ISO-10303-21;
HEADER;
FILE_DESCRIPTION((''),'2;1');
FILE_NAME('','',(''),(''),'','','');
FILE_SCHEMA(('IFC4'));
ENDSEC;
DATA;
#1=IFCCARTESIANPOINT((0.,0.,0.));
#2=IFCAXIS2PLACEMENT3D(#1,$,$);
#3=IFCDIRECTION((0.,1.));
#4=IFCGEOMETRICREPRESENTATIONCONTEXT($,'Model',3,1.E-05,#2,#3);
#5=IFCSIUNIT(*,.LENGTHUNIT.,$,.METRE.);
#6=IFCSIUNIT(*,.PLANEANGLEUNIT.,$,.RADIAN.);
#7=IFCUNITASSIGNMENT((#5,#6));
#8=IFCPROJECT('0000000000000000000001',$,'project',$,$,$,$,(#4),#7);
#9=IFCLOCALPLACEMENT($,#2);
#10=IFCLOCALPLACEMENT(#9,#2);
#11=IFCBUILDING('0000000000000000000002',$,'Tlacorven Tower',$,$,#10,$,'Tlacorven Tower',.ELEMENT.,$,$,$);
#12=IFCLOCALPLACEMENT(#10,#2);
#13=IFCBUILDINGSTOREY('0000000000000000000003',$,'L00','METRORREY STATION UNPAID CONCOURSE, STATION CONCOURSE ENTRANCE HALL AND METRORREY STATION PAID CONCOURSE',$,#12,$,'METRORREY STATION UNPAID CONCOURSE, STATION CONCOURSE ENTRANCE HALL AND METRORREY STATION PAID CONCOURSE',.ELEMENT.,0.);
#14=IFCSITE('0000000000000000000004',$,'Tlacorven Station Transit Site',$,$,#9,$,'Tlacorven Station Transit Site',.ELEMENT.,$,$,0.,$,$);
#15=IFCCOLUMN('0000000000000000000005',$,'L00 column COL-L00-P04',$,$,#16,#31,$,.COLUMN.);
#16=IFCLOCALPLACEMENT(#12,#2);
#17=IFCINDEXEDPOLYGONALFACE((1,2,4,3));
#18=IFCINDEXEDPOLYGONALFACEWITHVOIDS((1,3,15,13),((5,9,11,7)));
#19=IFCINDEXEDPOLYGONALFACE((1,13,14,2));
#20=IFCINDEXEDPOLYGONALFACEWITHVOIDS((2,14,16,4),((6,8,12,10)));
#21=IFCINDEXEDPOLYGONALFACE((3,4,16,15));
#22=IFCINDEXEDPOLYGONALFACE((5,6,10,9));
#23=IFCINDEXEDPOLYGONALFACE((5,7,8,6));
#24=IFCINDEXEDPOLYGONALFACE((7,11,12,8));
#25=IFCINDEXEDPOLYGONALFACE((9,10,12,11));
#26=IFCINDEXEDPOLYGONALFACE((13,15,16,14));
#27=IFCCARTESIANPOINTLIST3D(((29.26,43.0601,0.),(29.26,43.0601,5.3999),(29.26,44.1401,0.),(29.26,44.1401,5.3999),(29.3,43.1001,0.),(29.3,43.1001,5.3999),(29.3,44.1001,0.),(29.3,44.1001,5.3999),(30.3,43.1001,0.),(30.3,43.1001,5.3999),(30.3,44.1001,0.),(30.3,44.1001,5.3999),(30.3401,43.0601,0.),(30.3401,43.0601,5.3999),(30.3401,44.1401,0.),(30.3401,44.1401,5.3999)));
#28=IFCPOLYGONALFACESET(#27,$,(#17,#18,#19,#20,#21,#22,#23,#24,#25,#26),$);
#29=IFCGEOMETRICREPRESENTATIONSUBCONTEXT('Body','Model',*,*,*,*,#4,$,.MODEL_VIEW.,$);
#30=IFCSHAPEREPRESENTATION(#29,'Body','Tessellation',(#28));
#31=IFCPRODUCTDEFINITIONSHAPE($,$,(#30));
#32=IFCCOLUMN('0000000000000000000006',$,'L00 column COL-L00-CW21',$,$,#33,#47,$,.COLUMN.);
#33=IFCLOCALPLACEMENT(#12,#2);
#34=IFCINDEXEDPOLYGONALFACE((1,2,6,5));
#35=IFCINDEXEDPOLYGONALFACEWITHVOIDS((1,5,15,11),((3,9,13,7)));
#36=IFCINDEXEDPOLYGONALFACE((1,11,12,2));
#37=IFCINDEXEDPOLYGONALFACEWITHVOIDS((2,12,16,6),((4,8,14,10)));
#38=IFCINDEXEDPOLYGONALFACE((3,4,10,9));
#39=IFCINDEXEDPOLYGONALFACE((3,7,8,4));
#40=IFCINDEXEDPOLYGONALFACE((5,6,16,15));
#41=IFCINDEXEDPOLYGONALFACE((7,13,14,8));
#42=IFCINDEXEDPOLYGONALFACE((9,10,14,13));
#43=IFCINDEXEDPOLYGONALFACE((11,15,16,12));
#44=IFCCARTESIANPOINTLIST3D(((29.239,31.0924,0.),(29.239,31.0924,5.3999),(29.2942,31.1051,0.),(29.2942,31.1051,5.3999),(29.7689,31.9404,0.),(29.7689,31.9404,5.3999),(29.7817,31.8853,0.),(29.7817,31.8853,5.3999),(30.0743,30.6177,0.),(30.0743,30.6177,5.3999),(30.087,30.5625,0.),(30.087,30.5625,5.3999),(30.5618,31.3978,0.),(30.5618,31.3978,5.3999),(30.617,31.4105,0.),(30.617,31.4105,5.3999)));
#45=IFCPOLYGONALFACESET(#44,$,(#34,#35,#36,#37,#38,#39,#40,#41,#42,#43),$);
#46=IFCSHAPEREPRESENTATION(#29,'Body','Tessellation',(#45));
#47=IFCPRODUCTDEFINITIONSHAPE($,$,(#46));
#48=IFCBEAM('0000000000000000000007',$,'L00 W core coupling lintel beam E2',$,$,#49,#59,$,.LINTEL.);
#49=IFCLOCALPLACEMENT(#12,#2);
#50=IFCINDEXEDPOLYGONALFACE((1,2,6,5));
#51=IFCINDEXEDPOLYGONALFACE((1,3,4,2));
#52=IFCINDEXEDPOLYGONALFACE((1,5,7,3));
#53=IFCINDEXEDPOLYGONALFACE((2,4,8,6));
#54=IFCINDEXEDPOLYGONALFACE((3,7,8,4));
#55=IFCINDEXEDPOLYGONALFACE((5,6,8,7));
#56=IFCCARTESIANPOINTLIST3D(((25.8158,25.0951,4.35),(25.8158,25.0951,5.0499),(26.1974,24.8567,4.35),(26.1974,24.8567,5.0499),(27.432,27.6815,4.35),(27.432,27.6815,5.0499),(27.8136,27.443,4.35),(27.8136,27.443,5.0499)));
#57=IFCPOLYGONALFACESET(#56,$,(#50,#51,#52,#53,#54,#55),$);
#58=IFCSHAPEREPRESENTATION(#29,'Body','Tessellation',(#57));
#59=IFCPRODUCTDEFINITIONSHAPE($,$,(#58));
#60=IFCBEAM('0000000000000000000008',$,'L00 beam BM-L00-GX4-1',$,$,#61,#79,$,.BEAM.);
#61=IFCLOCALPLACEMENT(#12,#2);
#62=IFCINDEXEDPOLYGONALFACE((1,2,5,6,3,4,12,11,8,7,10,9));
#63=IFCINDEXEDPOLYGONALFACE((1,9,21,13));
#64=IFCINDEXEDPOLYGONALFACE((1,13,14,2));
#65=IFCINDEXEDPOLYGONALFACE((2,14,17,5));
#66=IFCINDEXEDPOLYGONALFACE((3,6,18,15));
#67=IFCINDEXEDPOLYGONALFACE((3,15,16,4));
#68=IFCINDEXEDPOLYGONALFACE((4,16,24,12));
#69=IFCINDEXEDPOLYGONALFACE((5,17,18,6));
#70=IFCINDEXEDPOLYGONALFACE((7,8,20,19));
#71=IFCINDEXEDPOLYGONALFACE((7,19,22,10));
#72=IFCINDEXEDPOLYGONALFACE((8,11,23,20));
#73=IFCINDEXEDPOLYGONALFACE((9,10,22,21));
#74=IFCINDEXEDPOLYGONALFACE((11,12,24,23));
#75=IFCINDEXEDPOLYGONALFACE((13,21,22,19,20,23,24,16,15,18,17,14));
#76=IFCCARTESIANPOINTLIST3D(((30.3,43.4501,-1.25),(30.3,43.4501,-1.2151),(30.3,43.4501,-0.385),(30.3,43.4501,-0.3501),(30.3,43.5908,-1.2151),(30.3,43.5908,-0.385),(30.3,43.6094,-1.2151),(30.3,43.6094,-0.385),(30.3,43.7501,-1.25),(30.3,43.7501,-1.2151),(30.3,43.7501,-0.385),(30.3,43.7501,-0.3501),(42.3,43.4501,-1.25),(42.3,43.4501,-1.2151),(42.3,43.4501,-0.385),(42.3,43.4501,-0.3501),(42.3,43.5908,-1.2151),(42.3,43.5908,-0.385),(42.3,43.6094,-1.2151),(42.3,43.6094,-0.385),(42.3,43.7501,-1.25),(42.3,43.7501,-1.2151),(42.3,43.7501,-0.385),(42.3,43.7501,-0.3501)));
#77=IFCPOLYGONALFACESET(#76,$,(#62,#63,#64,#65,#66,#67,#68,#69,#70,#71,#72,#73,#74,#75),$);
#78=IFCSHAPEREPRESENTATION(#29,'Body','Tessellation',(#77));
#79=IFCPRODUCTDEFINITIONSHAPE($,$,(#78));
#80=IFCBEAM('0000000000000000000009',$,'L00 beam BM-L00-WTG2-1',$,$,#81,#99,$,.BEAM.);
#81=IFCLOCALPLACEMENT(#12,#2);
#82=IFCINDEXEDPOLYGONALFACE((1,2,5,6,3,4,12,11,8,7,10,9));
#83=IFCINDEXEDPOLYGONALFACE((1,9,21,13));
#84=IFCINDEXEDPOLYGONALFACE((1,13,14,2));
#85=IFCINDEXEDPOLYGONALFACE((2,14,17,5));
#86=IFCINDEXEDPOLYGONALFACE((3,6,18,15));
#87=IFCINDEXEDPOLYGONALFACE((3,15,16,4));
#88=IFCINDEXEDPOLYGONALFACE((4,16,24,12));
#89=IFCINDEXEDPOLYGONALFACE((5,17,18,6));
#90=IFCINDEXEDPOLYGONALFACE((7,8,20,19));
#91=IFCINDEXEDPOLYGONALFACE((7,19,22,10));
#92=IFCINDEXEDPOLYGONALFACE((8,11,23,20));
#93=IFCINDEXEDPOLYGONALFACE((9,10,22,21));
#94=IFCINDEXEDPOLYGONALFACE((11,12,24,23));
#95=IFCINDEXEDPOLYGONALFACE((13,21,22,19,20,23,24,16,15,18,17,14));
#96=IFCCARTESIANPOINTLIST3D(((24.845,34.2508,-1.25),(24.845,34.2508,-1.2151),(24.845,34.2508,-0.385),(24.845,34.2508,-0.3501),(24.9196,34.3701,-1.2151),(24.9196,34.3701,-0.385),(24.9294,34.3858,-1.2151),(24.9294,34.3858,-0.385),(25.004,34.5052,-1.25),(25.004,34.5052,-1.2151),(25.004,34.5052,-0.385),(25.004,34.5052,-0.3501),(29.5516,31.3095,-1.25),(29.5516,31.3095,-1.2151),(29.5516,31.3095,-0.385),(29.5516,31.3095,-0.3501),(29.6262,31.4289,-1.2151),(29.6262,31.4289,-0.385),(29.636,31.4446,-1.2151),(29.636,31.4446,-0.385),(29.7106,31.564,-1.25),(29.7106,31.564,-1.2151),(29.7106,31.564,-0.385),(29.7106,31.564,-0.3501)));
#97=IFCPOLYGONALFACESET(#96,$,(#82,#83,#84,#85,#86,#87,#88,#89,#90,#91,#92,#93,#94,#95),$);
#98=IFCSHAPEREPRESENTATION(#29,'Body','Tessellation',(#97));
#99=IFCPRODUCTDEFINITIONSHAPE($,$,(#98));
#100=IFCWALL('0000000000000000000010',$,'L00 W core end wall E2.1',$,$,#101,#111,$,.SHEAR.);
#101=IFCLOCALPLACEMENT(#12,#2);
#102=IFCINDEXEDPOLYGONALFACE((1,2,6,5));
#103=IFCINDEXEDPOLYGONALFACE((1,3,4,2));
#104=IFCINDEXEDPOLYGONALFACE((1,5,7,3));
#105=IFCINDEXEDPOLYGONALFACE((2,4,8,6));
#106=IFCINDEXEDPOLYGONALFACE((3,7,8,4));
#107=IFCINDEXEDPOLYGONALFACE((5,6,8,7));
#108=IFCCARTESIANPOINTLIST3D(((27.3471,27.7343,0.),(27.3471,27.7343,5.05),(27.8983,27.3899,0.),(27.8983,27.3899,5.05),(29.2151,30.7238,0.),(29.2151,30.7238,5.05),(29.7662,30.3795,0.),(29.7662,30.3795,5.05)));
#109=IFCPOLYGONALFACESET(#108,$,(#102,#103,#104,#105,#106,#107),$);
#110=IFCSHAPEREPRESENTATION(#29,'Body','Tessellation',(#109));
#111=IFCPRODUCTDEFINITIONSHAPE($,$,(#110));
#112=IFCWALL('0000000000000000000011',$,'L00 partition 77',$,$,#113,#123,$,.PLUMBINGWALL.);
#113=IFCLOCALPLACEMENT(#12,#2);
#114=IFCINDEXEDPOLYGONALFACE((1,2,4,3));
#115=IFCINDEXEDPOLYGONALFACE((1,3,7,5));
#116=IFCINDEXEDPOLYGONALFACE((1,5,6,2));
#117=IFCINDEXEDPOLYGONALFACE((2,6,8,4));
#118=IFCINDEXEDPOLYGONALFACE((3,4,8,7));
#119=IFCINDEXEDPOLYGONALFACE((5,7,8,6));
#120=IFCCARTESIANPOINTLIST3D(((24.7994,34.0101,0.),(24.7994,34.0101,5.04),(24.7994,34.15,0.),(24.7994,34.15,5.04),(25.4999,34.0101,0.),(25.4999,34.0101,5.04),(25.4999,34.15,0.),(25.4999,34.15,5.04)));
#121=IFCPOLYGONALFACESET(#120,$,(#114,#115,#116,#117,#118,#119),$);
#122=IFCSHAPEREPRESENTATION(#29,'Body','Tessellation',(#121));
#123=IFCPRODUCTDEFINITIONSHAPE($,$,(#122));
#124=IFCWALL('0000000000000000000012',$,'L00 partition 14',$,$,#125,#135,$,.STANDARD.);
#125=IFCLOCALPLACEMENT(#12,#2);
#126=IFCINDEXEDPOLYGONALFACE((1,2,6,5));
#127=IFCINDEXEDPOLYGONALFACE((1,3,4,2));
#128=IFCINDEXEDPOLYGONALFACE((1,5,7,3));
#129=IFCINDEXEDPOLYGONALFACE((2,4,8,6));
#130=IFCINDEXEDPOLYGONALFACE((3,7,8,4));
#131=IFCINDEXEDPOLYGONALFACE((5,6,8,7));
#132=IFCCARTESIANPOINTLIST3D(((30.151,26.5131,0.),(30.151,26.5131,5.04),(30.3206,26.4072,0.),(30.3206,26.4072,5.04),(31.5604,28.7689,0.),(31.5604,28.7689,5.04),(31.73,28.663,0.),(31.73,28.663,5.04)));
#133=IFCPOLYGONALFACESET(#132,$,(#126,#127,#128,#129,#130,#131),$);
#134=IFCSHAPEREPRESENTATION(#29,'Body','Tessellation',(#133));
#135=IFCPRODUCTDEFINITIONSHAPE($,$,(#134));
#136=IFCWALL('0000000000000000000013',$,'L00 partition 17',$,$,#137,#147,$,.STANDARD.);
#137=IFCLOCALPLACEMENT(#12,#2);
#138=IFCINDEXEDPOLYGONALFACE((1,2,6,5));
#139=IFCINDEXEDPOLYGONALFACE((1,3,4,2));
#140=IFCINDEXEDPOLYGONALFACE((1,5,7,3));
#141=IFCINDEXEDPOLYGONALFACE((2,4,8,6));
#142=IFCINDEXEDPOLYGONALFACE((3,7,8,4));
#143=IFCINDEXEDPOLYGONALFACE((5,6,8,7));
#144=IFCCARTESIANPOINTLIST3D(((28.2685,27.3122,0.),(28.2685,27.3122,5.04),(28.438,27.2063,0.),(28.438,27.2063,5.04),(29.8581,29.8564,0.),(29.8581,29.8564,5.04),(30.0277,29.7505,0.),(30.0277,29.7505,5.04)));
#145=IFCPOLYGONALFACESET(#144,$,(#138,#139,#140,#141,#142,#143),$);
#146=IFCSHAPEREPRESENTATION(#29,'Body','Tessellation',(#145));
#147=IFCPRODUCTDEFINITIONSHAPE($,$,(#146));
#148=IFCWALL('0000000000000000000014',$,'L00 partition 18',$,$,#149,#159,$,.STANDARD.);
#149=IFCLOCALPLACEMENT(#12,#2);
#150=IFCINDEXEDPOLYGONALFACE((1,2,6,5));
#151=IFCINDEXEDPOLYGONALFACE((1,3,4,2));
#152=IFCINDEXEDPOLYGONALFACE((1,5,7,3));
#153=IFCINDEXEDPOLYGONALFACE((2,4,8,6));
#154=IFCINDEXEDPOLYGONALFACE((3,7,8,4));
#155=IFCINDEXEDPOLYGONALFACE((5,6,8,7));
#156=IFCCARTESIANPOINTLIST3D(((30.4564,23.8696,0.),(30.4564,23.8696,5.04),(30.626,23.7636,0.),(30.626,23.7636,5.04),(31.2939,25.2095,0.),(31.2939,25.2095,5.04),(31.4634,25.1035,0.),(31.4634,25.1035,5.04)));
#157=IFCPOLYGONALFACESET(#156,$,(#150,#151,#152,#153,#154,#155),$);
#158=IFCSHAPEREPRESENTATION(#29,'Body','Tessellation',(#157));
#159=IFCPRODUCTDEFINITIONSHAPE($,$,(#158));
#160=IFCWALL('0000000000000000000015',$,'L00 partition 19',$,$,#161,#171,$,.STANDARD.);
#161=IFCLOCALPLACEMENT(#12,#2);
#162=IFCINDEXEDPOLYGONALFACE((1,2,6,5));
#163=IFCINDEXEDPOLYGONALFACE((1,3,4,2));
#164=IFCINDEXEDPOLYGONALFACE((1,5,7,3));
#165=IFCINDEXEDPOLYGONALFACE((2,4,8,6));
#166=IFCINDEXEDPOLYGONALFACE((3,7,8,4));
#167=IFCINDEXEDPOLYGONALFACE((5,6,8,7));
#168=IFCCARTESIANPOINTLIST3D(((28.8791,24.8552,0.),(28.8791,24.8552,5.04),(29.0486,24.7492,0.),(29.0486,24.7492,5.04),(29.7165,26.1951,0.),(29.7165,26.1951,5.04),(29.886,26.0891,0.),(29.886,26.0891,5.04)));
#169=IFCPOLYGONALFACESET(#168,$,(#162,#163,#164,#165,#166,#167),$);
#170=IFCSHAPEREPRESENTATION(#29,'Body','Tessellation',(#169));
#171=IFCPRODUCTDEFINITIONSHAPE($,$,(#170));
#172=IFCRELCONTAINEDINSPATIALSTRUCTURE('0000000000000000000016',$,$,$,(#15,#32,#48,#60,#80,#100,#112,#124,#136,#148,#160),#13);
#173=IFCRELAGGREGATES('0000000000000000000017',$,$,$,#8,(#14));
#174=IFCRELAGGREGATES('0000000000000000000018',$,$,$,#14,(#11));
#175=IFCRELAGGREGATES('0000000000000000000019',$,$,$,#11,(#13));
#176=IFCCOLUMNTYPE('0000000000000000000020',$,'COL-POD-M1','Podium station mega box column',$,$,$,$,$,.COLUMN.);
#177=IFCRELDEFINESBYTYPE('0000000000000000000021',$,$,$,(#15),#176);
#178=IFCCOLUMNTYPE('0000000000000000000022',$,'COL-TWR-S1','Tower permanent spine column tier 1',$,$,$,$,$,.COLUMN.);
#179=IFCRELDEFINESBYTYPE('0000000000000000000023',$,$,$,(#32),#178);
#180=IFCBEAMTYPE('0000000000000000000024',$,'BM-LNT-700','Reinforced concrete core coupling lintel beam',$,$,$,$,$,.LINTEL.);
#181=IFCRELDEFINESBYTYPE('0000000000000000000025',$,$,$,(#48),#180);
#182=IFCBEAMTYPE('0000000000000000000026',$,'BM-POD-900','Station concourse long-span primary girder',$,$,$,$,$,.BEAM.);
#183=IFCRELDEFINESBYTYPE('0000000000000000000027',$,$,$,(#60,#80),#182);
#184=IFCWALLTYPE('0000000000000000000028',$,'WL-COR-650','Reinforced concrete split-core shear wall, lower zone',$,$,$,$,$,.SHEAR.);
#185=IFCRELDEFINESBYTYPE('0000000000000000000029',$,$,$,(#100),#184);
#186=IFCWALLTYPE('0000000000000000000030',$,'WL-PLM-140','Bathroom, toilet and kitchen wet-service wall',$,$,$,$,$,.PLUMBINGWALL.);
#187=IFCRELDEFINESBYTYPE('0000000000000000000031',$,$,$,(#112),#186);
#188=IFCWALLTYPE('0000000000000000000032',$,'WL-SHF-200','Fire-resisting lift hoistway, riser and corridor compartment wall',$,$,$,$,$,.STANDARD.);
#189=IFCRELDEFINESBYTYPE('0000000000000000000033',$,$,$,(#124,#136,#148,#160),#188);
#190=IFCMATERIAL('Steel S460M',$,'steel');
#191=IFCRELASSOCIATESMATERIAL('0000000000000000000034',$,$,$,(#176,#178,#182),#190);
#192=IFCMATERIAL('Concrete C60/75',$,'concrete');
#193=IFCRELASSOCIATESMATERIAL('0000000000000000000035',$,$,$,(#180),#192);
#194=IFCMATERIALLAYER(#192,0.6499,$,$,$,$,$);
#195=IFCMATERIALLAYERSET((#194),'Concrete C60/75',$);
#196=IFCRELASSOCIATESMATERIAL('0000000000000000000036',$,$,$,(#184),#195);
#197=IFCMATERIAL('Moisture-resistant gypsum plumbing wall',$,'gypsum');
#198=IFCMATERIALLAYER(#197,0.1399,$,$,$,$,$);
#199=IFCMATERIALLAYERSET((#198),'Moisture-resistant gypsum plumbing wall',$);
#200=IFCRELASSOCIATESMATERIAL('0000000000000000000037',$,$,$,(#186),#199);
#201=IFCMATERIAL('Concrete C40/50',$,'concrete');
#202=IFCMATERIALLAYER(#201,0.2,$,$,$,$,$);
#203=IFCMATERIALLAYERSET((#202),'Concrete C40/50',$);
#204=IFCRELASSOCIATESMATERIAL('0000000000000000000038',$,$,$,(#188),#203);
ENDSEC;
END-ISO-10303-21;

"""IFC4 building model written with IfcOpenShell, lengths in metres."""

from ifc_helpers import new_model, si_unit, direction, frame, frame_2d, origin, origin_2d, place, context, subcontext, project, spatial, rectangle, hollow_rectangle, i_section, extrude, source, transform, mapped, material, layer, layer_set, material_profile, profile_set, type_object, element, save


model = new_model("IFC4")

# Units and contexts
model_context = context("Model", 3, precision=1e-05, world=origin(), true_north=direction((0.0, 1.0)))
body_context = subcontext(model_context, "Body", "Model", "MODEL_VIEW")
ifc_project = project(units=[si_unit("LENGTHUNIT", "METRE"), si_unit("PLANEANGLEUNIT", "RADIAN")], contexts=[model_context])

# Site, building, storey
site_placement = place(None, origin())
site = spatial("IfcSite", under=ifc_project, at=site_placement, Name="Tlacorven Station Transit Site", LongName="Tlacorven Station Transit Site", CompositionType="ELEMENT", RefElevation=0.0)
building_placement = place(site_placement, origin())
building = spatial("IfcBuilding", under=site, at=building_placement, Name="Tlacorven Tower", LongName="Tlacorven Tower", CompositionType="ELEMENT")
storey_placement = place(building_placement, origin())
storey = spatial("IfcBuildingStorey", under=building, at=storey_placement, Name="L00", Description="METRORREY STATION UNPAID CONCOURSE, STATION CONCOURSE ENTRANCE HALL AND METRORREY STATION PAID CONCOURSE", LongName="METRORREY STATION UNPAID CONCOURSE, STATION CONCOURSE ENTRANCE HALL AND METRORREY STATION PAID CONCOURSE", CompositionType="ELEMENT", Elevation=0.0)

# Columns
ifc_material_1 = material(Name="Steel S460M", Category="steel")
ifc_material_profile_1 = material_profile(ifc_material_1, hollow_rectangle(XDim=1.0801, YDim=1.0801, WallThickness=0.04, at=origin_2d()), Name="BOX 1080X1080X40")
ifc_profile_set_1 = profile_set([ifc_material_profile_1], Name="Steel S460M")
column_type_1 = type_object("IfcColumnType", Name="COL-POD-M1", Description="Podium station mega box column", PredefinedType="COLUMN", material=ifc_profile_set_1)
shared_shape_1 = source(origin(), body_context, "Body", "SweptSolid", [
    extrude(hollow_rectangle(XDim=1.0801, YDim=1.0801, WallThickness=0.04, at=origin_2d()), origin(), (0.0, 0.0, 1.0), 5.3999),
])
column_1_placement = place(storey_placement, frame((29.8, 43.6001, 0.0), z_axis=(0.0, 0.0, 1.0), x_axis=(1.0, 0.0, 0.0)))
element("IfcColumn", 1, at=column_1_placement, inside=storey, type_object=column_type_1, Name="L00 column COL-L00-P04", PredefinedType="COLUMN", context=body_context, shape_type="MappedRepresentation", body=[
    mapped(shared_shape_1, transform((0.0, 0.0, 0.0), scale=1.0)),
])
ifc_material_profile_2 = material_profile(ifc_material_1, hollow_rectangle(XDim=1.0, YDim=1.0, WallThickness=0.04, at=origin_2d()), Name="BOX 1000X1000X40")
ifc_profile_set_2 = profile_set([ifc_material_profile_2], Name="Steel S460M")
column_type_2 = type_object("IfcColumnType", Name="COL-TWR-S1", Description="Tower permanent spine column tier 1", PredefinedType="COLUMN", material=ifc_profile_set_2)
shared_shape_2 = source(origin(), body_context, "Body", "SweptSolid", [
    extrude(hollow_rectangle(XDim=1.0, YDim=1.0, WallThickness=0.04, at=origin_2d()), origin(), (0.0, 0.0, 1.0), 5.3999),
])
column_2_placement = place(storey_placement, frame((29.928, 31.2515, 0.0), z_axis=(0.0, 0.0, 1.0), x_axis=(-0.848048, 0.529919, 0.0)))
element("IfcColumn", 2, at=column_2_placement, inside=storey, type_object=column_type_2, Name="L00 column COL-L00-CW21", PredefinedType="COLUMN", context=body_context, shape_type="MappedRepresentation", body=[
    mapped(shared_shape_2, transform((0.0, 0.0, 0.0), scale=1.0)),
])

# Beams
ifc_material_2 = material(Name="Concrete C60/75", Category="concrete")
ifc_material_profile_3 = material_profile(ifc_material_2, rectangle(XDim=0.45, YDim=0.7, at=origin_2d()), Name="RC 450X700")
ifc_profile_set_3 = profile_set([ifc_material_profile_3], Name="Concrete C60/75")
beam_type_1 = type_object("IfcBeamType", Name="BM-LNT-700", Description="Reinforced concrete core coupling lintel beam", PredefinedType="LINTEL", material=ifc_profile_set_3)
shared_shape_3 = source(origin(), body_context, "Body", "SweptSolid", [
    extrude(rectangle(XDim=0.45, YDim=0.7, at=origin_2d()), origin(), (0.0, 0.0, 1.0), 3.0498),
])
beam_1_placement = place(storey_placement, frame((27.6228, 27.5623, 4.7), z_axis=(-0.529927, -0.848043, 0.0), x_axis=(0.848043, -0.529927, 0.0)))
element("IfcBeam", 3, at=beam_1_placement, inside=storey, type_object=beam_type_1, Name="L00 W core coupling lintel beam E2", PredefinedType="LINTEL", context=body_context, shape_type="MappedRepresentation", body=[
    mapped(shared_shape_3, transform((0.0, 0.0, 0.0), scale=1.0)),
])
ifc_material_profile_4 = material_profile(ifc_material_1, i_section(OverallWidth=0.3, OverallDepth=0.8999, WebThickness=0.0186, FlangeThickness=0.0349, at=origin_2d()), Name="HEB 900")
ifc_profile_set_4 = profile_set([ifc_material_profile_4], Name="Steel S460M")
beam_type_2 = type_object("IfcBeamType", Name="BM-POD-900", Description="Station concourse long-span primary girder", PredefinedType="BEAM", material=ifc_profile_set_4)
shared_shape_4 = source(origin(), body_context, "Body", "SweptSolid", [
    extrude(i_section(OverallWidth=0.3, OverallDepth=0.8999, WebThickness=0.0186, FlangeThickness=0.0349, at=origin_2d()), origin(), (0.0, 0.0, 1.0), 12.0),
])
beam_2_placement = place(storey_placement, frame((30.3, 43.6001, -0.8), z_axis=(1.0, 0.0, 0.0), x_axis=(0.0, 1.0, 0.0)))
element("IfcBeam", 4, at=beam_2_placement, inside=storey, type_object=beam_type_2, Name="L00 beam BM-L00-GX4-1", PredefinedType="BEAM", context=body_context, shape_type="MappedRepresentation", body=[
    mapped(shared_shape_4, transform((0.0, 0.0, 0.0), scale=1.0)),
])
shared_shape_5 = source(origin(), body_context, "Body", "SweptSolid", [
    extrude(i_section(OverallWidth=0.3, OverallDepth=0.8999, WebThickness=0.0186, FlangeThickness=0.0349, at=origin_2d()), origin(), (0.0, 0.0, 1.0), 5.55),
])
beam_3_placement = place(storey_placement, frame((29.6311, 31.4368, -0.8), z_axis=(-0.848033, 0.529944, 0.0), x_axis=(-0.529944, -0.848033, 0.0)))
element("IfcBeam", 5, at=beam_3_placement, inside=storey, type_object=beam_type_2, Name="L00 beam BM-L00-WTG2-1", PredefinedType="BEAM", context=body_context, shape_type="MappedRepresentation", body=[
    mapped(shared_shape_5, transform((0.0, 0.0, 0.0), scale=1.0)),
])

# Walls
ifc_layer_1 = layer(ifc_material_2, 0.6499)
ifc_layer_set_1 = layer_set([ifc_layer_1], Name="Concrete C60/75")
wall_type_1 = type_object("IfcWallType", Name="WL-COR-650", Description="Reinforced concrete split-core shear wall, lower zone", PredefinedType="SHEAR", material=ifc_layer_set_1)
wall_1_placement = place(storey_placement, frame((29.4907, 30.5518, 0.0), z_axis=(0.0, 0.0, 1.0), x_axis=(-0.529893, -0.848064, 0.0)))
element("IfcWall", 6, at=wall_1_placement, inside=storey, type_object=wall_type_1, Name="L00 W core end wall E2.1", PredefinedType="SHEAR", context=body_context, shape_type="SweptSolid", body=[
    extrude(rectangle(XDim=3.5251, YDim=0.6499, at=frame_2d((1.7627, 0.0))), origin(), (0.0, 0.0, 1.0), 5.05),
])
ifc_material_3 = material(Name="Moisture-resistant gypsum plumbing wall", Category="gypsum")
ifc_layer_2 = layer(ifc_material_3, 0.1399)
ifc_layer_set_2 = layer_set([ifc_layer_2], Name="Moisture-resistant gypsum plumbing wall")
wall_type_2 = type_object("IfcWallType", Name="WL-PLM-140", Description="Bathroom, toilet and kitchen wet-service wall", PredefinedType="PLUMBINGWALL", material=ifc_layer_set_2)
wall_2_placement = place(storey_placement, frame((24.7996, 34.0801, 0.0), z_axis=(0.0, 0.0, 1.0), x_axis=(1.0, 0.0, 0.0)))
element("IfcWall", 7, at=wall_2_placement, inside=storey, type_object=wall_type_2, Name="L00 partition 77", PredefinedType="PLUMBINGWALL", context=body_context, shape_type="SweptSolid", body=[
    extrude(rectangle(XDim=0.7004, YDim=0.1399, at=frame_2d((0.3501, 0.0))), origin(), (0.0, 0.0, 1.0), 5.04),
])

# Shared definitions
ifc_material_4 = material(Name="Concrete C40/50", Category="concrete")
ifc_layer_3 = layer(ifc_material_4, 0.2)
ifc_layer_set_3 = layer_set([ifc_layer_3], Name="Concrete C40/50")
wall_type_3 = type_object("IfcWallType", Name="WL-SHF-200", Description="Fire-resisting lift hoistway, riser and corridor compartment wall", PredefinedType="STANDARD", material=ifc_layer_set_3)

# Walls
wall_3_placement = place(storey_placement, frame((31.6453, 28.7161, 0.0), z_axis=(0.0, 0.0, 1.0), x_axis=(-0.529867, -0.848081, 0.0)))
element("IfcWall", 8, at=wall_3_placement, inside=storey, type_object=wall_type_3, Name="L00 partition 14", PredefinedType="STANDARD", context=body_context, shape_type="SweptSolid", body=[
    extrude(rectangle(XDim=2.6599, YDim=0.2, at=frame_2d((1.3301, 0.0))), origin(), (0.0, 0.0, 1.0), 5.04),
])
wall_4_placement = place(storey_placement, frame((29.9429, 29.8035, 0.0), z_axis=(0.0, 0.0, 1.0), x_axis=(-0.529875, -0.848076, 0.0)))
element("IfcWall", 9, at=wall_4_placement, inside=storey, type_object=wall_type_3, Name="L00 partition 17", PredefinedType="STANDARD", context=body_context, shape_type="SweptSolid", body=[
    extrude(rectangle(XDim=3.0, YDim=0.2, at=frame_2d((1.5, 0.0))), origin(), (0.0, 0.0, 1.0), 5.04),
])
for number, where, z_axis, x_axis, name in (
    (10, (31.3787, 25.1565, 0.0), (0.0, 0.0, 1.0), (-0.529999, -0.847998, 0.0), "L00 partition 18"),
    (11, (29.8013, 26.1421, 0.0), (0.0, 0.0, 1.0), (-0.529999, -0.847998, 0.0), "L00 partition 19"),
):
    element("IfcWall", number, at=place(storey_placement, frame(where, z_axis=z_axis, x_axis=x_axis)), inside=storey, type_object=wall_type_3, Name=name, PredefinedType="STANDARD", context=body_context, shape_type="SweptSolid", body=[
        extrude(rectangle(XDim=1.5801, YDim=0.2, at=frame_2d((0.79, 0.0))), origin(), (0.0, 0.0, 1.0), 5.04),
    ])

save(model, "model.ifc")
